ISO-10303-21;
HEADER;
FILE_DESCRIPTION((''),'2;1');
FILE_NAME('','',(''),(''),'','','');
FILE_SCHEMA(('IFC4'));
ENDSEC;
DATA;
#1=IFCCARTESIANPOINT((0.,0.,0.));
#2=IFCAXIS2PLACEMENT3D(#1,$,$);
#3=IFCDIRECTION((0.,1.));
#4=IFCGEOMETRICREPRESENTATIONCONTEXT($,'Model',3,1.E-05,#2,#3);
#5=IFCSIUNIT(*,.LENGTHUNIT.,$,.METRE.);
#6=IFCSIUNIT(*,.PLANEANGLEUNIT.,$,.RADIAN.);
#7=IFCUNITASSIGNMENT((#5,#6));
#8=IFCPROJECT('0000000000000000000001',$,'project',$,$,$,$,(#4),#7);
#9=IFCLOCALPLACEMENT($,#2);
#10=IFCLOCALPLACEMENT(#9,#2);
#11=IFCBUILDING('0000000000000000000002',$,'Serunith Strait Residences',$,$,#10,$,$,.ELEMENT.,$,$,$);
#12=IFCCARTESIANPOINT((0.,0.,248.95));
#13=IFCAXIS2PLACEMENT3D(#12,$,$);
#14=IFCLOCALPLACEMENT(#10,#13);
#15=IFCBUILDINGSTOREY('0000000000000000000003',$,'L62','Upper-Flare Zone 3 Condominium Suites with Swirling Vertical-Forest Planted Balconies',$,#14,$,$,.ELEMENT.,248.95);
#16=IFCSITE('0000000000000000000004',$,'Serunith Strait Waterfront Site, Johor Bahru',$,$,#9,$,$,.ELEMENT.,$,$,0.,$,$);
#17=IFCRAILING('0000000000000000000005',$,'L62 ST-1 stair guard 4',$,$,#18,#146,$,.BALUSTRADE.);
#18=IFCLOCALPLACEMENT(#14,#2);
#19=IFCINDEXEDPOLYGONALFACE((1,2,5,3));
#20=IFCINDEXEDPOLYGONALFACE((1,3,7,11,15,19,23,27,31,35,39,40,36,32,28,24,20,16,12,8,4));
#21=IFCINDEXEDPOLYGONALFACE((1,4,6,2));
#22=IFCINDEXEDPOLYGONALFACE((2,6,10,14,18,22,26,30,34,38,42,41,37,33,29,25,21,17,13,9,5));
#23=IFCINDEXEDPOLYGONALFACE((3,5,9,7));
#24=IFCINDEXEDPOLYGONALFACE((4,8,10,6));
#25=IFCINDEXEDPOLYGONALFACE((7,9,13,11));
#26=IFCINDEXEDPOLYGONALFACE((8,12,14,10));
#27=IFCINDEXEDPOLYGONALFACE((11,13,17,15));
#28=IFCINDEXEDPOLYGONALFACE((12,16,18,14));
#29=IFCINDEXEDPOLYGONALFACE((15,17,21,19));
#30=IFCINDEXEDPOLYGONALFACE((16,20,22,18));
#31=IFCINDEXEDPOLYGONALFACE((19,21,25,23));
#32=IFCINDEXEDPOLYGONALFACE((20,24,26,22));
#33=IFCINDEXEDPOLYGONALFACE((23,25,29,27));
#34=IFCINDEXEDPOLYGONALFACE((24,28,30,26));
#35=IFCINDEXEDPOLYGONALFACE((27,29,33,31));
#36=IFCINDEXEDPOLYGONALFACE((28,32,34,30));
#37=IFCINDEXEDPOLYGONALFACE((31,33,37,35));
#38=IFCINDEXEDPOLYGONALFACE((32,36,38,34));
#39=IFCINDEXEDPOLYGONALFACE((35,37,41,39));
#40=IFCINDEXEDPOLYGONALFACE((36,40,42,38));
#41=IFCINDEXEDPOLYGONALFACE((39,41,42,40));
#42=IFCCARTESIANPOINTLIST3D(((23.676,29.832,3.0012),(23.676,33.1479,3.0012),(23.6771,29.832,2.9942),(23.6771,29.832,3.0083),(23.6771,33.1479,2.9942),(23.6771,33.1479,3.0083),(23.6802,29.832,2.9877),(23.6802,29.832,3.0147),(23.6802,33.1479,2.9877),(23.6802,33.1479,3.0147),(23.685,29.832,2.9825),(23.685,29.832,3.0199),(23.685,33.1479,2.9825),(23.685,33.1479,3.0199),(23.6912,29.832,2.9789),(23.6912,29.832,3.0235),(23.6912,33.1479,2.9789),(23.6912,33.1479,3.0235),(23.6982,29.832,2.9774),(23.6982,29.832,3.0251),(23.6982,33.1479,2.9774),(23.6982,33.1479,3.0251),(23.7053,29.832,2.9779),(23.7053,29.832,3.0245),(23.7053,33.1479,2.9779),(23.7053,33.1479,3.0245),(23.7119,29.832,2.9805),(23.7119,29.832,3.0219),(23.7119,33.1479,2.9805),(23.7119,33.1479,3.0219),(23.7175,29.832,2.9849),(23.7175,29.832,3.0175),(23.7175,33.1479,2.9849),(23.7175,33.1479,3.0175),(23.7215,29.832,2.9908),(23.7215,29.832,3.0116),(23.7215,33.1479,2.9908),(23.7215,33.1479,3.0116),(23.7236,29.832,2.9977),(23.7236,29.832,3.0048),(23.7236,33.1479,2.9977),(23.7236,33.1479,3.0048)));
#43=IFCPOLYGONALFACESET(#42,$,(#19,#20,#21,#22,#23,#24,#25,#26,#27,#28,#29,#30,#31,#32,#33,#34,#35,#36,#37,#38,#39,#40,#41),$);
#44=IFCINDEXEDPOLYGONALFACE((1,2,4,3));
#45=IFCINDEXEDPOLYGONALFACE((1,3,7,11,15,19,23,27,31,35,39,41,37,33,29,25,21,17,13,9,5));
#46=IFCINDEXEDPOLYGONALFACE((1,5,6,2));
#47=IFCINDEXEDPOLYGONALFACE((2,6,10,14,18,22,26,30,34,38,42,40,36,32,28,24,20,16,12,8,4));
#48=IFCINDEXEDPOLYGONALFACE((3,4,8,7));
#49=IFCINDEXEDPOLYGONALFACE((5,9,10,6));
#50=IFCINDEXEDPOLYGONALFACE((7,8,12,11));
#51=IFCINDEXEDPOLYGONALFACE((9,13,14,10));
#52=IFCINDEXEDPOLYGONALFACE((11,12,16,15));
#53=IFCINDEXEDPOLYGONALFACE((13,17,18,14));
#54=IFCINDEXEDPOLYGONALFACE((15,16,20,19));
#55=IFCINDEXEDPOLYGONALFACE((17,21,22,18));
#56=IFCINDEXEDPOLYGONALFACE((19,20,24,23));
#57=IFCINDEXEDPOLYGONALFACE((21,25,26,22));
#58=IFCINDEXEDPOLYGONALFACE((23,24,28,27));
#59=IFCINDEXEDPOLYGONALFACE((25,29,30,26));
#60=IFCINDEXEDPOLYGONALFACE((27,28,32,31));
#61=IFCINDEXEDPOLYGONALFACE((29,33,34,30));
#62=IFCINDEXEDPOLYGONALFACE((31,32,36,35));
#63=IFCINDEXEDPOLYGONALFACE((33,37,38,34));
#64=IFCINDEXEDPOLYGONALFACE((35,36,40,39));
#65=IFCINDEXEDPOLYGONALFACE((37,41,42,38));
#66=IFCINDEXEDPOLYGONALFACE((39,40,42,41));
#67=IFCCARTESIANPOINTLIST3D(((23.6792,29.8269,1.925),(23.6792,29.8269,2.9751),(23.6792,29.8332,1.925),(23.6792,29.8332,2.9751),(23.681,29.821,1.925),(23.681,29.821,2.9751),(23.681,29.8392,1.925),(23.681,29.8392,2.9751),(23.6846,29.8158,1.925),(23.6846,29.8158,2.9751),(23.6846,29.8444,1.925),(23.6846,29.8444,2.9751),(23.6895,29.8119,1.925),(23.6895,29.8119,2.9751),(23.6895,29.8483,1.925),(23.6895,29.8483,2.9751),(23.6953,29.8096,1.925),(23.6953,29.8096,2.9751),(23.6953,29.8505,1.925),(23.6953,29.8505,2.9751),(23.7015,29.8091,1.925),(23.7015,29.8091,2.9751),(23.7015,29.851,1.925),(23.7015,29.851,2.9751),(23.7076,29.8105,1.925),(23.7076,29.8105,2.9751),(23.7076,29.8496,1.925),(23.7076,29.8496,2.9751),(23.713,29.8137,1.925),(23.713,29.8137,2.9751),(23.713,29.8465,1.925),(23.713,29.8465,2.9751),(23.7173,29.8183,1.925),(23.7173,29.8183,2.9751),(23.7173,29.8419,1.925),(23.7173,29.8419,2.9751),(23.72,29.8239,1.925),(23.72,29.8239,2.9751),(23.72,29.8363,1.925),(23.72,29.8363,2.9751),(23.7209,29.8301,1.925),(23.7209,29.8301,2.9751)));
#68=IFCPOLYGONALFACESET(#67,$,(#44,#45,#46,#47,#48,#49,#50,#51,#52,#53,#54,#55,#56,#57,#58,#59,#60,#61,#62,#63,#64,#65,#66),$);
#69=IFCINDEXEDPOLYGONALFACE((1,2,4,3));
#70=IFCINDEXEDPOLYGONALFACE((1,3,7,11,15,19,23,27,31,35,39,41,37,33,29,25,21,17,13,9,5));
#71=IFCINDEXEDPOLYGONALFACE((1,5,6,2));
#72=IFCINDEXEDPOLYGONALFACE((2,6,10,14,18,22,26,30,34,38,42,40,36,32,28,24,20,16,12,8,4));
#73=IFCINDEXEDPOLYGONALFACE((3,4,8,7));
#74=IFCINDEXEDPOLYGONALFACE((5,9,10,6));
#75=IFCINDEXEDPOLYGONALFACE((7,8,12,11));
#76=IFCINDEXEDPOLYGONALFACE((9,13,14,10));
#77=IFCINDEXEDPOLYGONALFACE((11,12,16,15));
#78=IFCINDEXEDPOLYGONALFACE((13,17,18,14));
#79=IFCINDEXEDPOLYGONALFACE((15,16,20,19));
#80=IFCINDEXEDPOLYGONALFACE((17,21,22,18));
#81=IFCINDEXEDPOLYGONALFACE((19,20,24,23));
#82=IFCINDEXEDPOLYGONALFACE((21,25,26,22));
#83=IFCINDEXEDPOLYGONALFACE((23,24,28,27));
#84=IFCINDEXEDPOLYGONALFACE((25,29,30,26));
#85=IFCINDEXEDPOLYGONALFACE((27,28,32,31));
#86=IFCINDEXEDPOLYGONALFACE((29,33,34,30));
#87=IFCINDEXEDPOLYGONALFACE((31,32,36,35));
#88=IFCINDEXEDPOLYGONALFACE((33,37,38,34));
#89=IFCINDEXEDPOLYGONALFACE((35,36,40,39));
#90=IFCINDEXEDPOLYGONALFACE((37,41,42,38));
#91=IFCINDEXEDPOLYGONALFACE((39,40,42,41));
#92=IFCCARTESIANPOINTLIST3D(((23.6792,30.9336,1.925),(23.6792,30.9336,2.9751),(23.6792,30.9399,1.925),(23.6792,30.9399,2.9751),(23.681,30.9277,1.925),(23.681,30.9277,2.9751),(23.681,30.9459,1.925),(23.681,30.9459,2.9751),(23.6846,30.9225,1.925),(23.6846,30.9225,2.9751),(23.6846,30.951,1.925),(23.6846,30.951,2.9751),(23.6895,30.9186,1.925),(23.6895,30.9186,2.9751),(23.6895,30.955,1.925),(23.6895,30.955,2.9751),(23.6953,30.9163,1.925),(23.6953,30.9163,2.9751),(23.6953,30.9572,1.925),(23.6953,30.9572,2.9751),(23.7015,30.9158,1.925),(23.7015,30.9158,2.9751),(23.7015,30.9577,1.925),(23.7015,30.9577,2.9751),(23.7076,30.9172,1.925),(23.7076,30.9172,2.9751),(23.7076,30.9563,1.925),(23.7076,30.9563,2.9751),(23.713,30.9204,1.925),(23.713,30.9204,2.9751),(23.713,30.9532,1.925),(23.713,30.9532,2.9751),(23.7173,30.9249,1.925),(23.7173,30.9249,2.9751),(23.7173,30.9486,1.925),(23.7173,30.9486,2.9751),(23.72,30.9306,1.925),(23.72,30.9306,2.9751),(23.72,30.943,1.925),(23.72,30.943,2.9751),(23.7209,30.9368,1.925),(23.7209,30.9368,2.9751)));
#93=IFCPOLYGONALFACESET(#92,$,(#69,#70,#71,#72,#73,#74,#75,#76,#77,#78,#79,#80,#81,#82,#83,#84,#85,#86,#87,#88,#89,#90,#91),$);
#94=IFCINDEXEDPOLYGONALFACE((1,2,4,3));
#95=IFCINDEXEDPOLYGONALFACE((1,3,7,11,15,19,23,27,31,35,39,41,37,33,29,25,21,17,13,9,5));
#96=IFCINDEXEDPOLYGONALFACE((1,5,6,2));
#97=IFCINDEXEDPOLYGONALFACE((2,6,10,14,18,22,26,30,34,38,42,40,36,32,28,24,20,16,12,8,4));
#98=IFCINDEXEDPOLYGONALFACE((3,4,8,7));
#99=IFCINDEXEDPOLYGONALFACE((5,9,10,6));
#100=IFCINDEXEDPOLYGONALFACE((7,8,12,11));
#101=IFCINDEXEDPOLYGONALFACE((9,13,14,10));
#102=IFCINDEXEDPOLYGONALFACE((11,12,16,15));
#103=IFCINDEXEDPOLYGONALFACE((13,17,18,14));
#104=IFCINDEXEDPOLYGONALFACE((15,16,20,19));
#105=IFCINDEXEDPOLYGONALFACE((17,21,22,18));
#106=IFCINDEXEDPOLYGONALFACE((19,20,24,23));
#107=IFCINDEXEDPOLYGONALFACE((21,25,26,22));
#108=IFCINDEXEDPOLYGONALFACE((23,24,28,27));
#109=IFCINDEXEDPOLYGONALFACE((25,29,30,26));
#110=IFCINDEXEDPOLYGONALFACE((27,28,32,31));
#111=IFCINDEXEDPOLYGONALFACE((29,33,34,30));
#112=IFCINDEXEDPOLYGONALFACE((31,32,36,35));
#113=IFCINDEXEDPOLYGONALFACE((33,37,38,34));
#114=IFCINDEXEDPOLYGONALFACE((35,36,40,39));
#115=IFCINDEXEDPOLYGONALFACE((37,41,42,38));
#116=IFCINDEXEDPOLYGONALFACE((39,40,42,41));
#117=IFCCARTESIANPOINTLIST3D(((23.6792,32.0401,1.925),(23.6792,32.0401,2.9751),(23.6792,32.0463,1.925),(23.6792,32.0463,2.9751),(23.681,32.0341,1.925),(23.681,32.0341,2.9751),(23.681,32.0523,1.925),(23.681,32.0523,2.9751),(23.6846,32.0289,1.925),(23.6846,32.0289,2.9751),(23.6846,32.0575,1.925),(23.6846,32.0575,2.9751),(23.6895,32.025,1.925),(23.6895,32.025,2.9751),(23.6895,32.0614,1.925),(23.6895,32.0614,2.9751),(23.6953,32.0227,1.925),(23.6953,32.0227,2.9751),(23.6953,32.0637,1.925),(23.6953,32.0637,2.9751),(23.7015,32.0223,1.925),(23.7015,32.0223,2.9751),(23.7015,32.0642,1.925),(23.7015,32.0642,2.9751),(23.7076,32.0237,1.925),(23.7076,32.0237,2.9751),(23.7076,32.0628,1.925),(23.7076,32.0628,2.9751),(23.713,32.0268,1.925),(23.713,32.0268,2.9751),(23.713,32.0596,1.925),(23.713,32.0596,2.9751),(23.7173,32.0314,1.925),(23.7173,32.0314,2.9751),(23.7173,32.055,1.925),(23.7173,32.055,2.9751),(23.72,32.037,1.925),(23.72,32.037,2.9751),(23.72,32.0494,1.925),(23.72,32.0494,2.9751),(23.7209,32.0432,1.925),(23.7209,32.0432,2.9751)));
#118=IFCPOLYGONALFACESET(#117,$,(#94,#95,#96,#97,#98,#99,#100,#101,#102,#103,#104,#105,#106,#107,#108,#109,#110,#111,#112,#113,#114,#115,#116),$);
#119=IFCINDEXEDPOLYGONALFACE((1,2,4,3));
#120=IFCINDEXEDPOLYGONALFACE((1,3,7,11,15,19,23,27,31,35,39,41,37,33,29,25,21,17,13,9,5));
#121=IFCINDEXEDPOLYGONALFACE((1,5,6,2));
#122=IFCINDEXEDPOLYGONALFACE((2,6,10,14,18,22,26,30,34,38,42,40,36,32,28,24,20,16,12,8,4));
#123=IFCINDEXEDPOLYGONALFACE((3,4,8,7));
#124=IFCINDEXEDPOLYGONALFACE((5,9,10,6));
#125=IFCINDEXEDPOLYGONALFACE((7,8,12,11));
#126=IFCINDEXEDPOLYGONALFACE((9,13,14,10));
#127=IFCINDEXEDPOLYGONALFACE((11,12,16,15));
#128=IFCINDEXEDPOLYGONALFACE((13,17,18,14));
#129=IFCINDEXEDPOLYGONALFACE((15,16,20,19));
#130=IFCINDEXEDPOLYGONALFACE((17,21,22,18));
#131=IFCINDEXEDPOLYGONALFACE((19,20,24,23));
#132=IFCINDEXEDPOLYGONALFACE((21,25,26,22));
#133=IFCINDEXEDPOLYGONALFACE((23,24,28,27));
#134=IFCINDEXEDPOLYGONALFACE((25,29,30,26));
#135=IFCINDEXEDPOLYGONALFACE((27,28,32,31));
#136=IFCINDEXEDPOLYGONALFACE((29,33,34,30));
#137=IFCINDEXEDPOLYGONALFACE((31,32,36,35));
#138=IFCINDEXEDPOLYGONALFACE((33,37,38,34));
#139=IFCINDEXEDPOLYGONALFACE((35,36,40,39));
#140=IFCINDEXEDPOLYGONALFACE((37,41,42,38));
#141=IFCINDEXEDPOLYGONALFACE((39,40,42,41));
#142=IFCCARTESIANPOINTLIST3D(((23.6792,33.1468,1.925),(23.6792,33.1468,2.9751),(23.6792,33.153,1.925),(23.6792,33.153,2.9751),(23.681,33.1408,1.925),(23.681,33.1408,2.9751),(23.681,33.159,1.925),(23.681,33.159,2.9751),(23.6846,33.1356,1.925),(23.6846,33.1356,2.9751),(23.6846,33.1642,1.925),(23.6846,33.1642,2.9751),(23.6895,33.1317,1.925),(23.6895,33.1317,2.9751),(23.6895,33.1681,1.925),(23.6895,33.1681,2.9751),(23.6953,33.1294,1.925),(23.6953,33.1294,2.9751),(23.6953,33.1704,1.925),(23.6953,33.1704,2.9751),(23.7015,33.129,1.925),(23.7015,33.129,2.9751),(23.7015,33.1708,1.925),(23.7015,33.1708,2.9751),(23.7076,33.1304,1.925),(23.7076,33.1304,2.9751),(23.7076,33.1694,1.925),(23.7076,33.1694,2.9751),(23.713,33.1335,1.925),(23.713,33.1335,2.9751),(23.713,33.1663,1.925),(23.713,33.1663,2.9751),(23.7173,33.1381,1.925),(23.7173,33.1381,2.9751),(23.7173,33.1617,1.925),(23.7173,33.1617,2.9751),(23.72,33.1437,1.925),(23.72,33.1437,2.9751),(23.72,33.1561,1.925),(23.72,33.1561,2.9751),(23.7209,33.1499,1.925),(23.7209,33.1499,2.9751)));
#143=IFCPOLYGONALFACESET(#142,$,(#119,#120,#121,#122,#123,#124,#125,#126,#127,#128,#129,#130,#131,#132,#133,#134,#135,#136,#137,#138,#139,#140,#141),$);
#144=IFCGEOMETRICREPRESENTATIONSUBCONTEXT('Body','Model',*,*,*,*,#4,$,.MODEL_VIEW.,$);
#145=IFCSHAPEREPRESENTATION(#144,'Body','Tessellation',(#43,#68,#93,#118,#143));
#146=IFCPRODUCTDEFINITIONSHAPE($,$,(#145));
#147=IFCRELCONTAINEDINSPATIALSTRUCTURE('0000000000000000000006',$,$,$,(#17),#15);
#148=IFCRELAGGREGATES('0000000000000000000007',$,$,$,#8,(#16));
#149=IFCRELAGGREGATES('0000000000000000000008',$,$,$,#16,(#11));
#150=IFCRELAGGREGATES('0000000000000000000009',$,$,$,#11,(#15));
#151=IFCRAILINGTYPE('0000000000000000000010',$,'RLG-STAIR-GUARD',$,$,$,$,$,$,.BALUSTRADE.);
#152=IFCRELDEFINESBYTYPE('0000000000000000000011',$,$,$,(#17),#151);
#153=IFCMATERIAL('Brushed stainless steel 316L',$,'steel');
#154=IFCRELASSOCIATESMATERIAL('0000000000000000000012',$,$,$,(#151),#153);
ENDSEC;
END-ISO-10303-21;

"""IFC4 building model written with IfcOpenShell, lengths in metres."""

from ifc_helpers import new_model, si_unit, direction, frame, origin, origin_2d, place, context, subcontext, project, spatial, circle, extrude, material, type_object, element, save


model = new_model("IFC4")

# Units and contexts
model_context = context("Model", 3, precision=1e-05, world=origin(), true_north=direction((0.0, 1.0)))
body_context = subcontext(model_context, "Body", "Model", "MODEL_VIEW")
ifc_project = project(units=[si_unit("LENGTHUNIT", "METRE"), si_unit("PLANEANGLEUNIT", "RADIAN")], contexts=[model_context])

# Site, building, storey
site_placement = place(None, origin())
site = spatial("IfcSite", under=ifc_project, at=site_placement, Name="Serunith Strait Waterfront Site, Johor Bahru", CompositionType="ELEMENT", RefElevation=0.0)
building_placement = place(site_placement, origin())
building = spatial("IfcBuilding", under=site, at=building_placement, Name="Serunith Strait Residences", CompositionType="ELEMENT")
storey_placement = place(building_placement, frame((0.0, 0.0, 248.95)))
storey = spatial("IfcBuildingStorey", under=building, at=storey_placement, Name="L62", Description="Upper-Flare Zone 3 Condominium Suites with Swirling Vertical-Forest Planted Balconies", CompositionType="ELEMENT", Elevation=248.95)

# Railing
ifc_material_1 = material(Name="Brushed stainless steel 316L", Category="steel")
railing_type_1 = type_object("IfcRailingType", Name="RLG-STAIR-GUARD", PredefinedType="BALUSTRADE", material=ifc_material_1)
for number, where, name in (
    (1, (23.7, 29.8301, 1.925), "L62 ST-1 stair guard 4"),
):
    element("IfcRailing", number, at=place(storey_placement, frame(where)), inside=storey, type_object=railing_type_1, Name=name, PredefinedType="BALUSTRADE", context=body_context, shape_type="SweptSolid", body=[
        extrude(circle(Radius=0.0239, at=origin_2d()), frame((0.0, 0.002, 1.0762), z_axis=(0.0, 1.0, 0.0), x_axis=(-1.0, 0.0, 0.0)), (0.0, 0.0, 1.0), 3.3159),
        extrude(circle(Radius=0.021, at=origin_2d()), origin(), (0.0, 0.0, 1.0), 1.05),
        extrude(circle(Radius=0.021, at=origin_2d()), frame((0.0, 1.1067, 0.0)), (0.0, 0.0, 1.0), 1.05),
        extrude(circle(Radius=0.021, at=origin_2d()), frame((0.0, 2.2131, 0.0)), (0.0, 0.0, 1.0), 1.05),
        extrude(circle(Radius=0.021, at=origin_2d()), frame((0.0, 3.3198, 0.0)), (0.0, 0.0, 1.0), 1.05),
    ])

save(model, "model.ifc")
